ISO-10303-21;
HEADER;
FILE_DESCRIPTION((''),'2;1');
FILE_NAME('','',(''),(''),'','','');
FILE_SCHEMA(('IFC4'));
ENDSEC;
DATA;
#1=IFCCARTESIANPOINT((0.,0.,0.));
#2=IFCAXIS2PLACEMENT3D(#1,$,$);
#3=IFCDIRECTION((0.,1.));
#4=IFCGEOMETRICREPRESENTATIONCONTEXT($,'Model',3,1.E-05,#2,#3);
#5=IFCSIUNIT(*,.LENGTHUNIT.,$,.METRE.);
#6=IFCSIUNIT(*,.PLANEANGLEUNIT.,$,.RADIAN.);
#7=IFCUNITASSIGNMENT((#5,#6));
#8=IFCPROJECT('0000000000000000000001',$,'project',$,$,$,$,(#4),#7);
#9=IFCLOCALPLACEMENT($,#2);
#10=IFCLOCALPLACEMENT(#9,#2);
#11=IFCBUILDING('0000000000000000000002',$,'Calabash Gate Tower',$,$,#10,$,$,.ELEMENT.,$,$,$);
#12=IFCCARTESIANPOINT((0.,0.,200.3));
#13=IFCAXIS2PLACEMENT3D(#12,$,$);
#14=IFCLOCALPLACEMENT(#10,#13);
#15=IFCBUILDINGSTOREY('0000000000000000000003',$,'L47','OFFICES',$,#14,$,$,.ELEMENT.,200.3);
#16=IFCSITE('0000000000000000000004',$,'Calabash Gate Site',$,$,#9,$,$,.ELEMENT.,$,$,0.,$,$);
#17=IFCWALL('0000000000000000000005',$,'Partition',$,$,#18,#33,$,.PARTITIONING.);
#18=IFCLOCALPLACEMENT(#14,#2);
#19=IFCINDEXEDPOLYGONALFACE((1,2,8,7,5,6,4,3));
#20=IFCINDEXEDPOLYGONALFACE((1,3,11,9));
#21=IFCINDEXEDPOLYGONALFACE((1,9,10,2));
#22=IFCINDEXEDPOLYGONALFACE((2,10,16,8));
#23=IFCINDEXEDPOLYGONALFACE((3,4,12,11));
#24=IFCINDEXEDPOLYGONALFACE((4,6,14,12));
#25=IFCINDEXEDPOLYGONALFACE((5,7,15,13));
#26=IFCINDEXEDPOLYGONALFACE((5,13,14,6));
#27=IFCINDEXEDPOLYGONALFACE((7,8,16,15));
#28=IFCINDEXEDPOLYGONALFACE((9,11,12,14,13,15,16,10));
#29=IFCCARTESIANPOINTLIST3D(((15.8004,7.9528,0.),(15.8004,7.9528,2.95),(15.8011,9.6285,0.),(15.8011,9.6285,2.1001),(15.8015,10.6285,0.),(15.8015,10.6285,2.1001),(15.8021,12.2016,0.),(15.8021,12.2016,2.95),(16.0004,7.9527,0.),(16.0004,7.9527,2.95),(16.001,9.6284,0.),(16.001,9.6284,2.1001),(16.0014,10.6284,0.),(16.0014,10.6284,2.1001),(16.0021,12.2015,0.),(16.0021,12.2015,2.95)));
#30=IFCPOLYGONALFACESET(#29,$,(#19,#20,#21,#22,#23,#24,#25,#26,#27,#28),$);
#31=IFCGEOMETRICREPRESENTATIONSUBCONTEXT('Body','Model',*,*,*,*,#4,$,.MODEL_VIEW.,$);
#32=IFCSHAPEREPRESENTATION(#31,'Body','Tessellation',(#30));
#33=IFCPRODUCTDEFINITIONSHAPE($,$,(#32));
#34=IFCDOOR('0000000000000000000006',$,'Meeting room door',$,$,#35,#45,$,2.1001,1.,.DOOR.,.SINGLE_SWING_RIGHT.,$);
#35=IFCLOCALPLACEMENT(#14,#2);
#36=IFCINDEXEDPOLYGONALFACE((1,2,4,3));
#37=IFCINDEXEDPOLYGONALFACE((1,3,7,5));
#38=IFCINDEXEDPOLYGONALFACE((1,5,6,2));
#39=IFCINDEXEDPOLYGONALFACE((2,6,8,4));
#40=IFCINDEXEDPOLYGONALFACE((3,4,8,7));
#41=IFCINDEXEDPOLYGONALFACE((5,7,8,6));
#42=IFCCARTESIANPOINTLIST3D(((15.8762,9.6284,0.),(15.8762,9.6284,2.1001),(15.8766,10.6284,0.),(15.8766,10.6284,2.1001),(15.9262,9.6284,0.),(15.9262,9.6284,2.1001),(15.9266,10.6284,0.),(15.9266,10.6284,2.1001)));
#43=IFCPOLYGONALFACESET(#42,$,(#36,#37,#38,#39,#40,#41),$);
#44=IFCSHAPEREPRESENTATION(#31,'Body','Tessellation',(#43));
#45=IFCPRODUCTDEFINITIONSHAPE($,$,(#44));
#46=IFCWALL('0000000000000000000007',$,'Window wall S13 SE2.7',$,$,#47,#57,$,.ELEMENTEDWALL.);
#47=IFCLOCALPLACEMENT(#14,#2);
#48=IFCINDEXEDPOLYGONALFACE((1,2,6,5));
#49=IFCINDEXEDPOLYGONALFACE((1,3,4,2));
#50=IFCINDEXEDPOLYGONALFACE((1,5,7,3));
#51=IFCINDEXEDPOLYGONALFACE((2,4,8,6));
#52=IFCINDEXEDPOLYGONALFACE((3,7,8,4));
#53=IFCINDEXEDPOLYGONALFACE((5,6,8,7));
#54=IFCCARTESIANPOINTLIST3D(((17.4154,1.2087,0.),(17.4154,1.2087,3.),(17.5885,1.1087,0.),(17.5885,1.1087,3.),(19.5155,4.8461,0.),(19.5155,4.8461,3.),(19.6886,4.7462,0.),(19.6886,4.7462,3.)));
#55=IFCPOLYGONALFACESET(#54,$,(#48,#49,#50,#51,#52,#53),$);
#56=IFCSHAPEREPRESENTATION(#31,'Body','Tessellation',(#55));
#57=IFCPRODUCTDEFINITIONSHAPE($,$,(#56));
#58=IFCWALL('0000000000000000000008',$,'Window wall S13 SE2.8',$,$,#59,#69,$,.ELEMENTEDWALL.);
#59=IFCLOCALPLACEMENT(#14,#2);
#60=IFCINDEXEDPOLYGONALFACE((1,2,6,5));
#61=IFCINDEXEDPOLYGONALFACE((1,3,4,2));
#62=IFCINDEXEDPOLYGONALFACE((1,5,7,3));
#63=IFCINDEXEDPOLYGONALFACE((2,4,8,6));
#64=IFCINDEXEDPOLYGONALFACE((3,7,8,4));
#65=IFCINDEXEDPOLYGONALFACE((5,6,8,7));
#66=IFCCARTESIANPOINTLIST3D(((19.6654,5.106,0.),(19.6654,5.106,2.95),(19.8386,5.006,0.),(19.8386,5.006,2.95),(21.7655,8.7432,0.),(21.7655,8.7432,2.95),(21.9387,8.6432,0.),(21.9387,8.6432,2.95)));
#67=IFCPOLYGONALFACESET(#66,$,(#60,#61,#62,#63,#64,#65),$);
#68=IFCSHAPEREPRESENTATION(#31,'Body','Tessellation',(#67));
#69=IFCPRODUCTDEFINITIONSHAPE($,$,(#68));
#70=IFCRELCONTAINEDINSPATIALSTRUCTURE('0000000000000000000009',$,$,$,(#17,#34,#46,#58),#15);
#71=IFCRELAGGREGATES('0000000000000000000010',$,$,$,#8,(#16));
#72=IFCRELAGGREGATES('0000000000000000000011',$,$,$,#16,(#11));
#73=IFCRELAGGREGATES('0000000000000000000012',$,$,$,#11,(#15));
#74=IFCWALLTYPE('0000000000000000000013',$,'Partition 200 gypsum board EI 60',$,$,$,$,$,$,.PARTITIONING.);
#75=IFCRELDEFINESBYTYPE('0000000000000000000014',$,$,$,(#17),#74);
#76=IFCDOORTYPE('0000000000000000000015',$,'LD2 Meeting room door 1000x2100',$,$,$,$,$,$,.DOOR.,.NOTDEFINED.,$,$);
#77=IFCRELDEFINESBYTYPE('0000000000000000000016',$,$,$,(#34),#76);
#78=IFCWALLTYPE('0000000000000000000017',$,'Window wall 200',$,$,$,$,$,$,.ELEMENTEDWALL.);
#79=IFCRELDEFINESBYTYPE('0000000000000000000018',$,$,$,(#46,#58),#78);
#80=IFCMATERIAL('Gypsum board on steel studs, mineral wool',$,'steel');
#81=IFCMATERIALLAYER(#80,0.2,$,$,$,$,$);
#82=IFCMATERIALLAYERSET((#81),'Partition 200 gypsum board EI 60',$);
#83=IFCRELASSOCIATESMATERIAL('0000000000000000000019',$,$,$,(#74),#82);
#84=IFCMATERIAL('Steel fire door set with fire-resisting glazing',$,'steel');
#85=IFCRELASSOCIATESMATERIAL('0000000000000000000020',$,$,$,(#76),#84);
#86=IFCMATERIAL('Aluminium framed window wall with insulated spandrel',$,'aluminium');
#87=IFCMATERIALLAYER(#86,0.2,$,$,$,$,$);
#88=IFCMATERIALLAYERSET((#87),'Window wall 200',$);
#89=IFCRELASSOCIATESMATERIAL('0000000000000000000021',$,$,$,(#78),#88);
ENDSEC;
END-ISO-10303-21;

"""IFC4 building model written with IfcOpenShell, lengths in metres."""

from ifc_helpers import new_model, si_unit, direction, frame, frame_2d, origin, place, context, subcontext, project, spatial, rectangle, extrude, material, layer, layer_set, type_object, element, fill, save


model = new_model("IFC4")

# Units and contexts
model_context = context("Model", 3, precision=1e-05, world=origin(), true_north=direction((0.0, 1.0)))
body_context = subcontext(model_context, "Body", "Model", "MODEL_VIEW")
ifc_project = project(units=[si_unit("LENGTHUNIT", "METRE"), si_unit("PLANEANGLEUNIT", "RADIAN")], contexts=[model_context])

# Site, building, storey
site_placement = place(None, origin())
site = spatial("IfcSite", under=ifc_project, at=site_placement, Name="Calabash Gate Site", CompositionType="ELEMENT", RefElevation=0.0)
building_placement = place(site_placement, origin())
building = spatial("IfcBuilding", under=site, at=building_placement, Name="Calabash Gate Tower", CompositionType="ELEMENT")
storey_placement = place(building_placement, frame((0.0, 0.0, 200.3)))
storey = spatial("IfcBuildingStorey", under=building, at=storey_placement, Name="L47", Description="OFFICES", CompositionType="ELEMENT", Elevation=200.3)

# Shared definitions
ifc_material_1 = material(Name="Gypsum board on steel studs, mineral wool", Category="steel")
ifc_layer_1 = layer(ifc_material_1, 0.2)
ifc_layer_set_1 = layer_set([ifc_layer_1], Name="Partition 200 gypsum board EI 60")
wall_type_1 = type_object("IfcWallType", Name="Partition 200 gypsum board EI 60", PredefinedType="PARTITIONING", material=ifc_layer_set_1)

# Wall, opening, door
wall_1_placement = place(storey_placement, frame((15.9004, 7.9526, 0.0), z_axis=(0.0, 0.0, 1.0), x_axis=(0.000402, 1.0, 0.0)))
wall_1 = element("IfcWall", 1, at=wall_1_placement, inside=storey, type_object=wall_type_1, Name="Partition", PredefinedType="PARTITIONING", context=body_context, shape_type="SweptSolid", body=[
    extrude(rectangle(XDim=4.2488, YDim=0.2, at=frame_2d((2.1245, 0.0))), origin(), (0.0, 0.0, 1.0), 2.95),
])
opening_1_placement = place(wall_1_placement, frame((1.6758, 0.0, 0.0)))
opening_1 = element("IfcOpeningElement", 2, at=opening_1_placement, cuts=wall_1, PredefinedType="OPENING", context=body_context, shape_type="SweptSolid", body=[
    extrude(rectangle(XDim=1.0, YDim=2.1001, at=frame_2d((0.5, 1.05))), frame((0.0, 0.1099, 0.0), z_axis=(0.0, -1.0, 0.0), x_axis=(1.0, 0.0, 0.0)), (0.0, 0.0, 1.0), 0.22),
])
ifc_material_2 = material(Name="Steel fire door set with fire-resisting glazing", Category="steel")
door_type_1 = type_object("IfcDoorType", Name="LD2 Meeting room door 1000x2100", OperationType="NOTDEFINED", PredefinedType="DOOR", material=ifc_material_2)
door_1_placement = place(opening_1_placement, origin())
door_1 = element("IfcDoor", 3, at=door_1_placement, inside=storey, type_object=door_type_1, Name="Meeting room door", OperationType="SINGLE_SWING_RIGHT", OverallHeight=2.1001, OverallWidth=1.0, PredefinedType="DOOR", context=body_context, shape_type="SweptSolid", body=[
    extrude(rectangle(XDim=1.0, YDim=2.1001, at=frame_2d((0.5, 1.05))), frame((0.0, 0.0249, 0.0), z_axis=(0.0, -1.0, 0.0), x_axis=(1.0, 0.0, 0.0)), (0.0, 0.0, 1.0), 0.05),
])
fill(opening_1, door_1)

# Walls
ifc_material_3 = material(Name="Aluminium framed window wall with insulated spandrel", Category="aluminium")
ifc_layer_2 = layer(ifc_material_3, 0.2)
ifc_layer_set_2 = layer_set([ifc_layer_2], Name="Window wall 200")
wall_type_2 = type_object("IfcWallType", Name="Window wall 200", PredefinedType="ELEMENTEDWALL", material=ifc_layer_set_2)
wall_2_placement = place(storey_placement, frame((17.502, 1.1587, 0.0), z_axis=(0.0, 0.0, 1.0), x_axis=(0.500003, 0.866024, 0.0)))
element("IfcWall", 4, at=wall_2_placement, inside=storey, type_object=wall_type_2, Name="Window wall S13 SE2.7", PredefinedType="ELEMENTEDWALL", context=body_context, shape_type="SweptSolid", body=[
    extrude(rectangle(XDim=4.2002, YDim=0.2, at=frame_2d((2.1001, 0.0))), origin(), (0.0, 0.0, 1.0), 3.0),
])
wall_3_placement = place(storey_placement, frame((19.752, 5.0559, 0.0), z_axis=(0.0, 0.0, 1.0), x_axis=(0.500028, 0.866009, 0.0)))
element("IfcWall", 5, at=wall_3_placement, inside=storey, type_object=wall_type_2, Name="Window wall S13 SE2.8", PredefinedType="ELEMENTEDWALL", context=body_context, shape_type="SweptSolid", body=[
    extrude(rectangle(XDim=4.2, YDim=0.2, at=frame_2d((2.1001, 0.0))), origin(), (0.0, 0.0, 1.0), 2.95),
])

save(model, "model.ifc")
